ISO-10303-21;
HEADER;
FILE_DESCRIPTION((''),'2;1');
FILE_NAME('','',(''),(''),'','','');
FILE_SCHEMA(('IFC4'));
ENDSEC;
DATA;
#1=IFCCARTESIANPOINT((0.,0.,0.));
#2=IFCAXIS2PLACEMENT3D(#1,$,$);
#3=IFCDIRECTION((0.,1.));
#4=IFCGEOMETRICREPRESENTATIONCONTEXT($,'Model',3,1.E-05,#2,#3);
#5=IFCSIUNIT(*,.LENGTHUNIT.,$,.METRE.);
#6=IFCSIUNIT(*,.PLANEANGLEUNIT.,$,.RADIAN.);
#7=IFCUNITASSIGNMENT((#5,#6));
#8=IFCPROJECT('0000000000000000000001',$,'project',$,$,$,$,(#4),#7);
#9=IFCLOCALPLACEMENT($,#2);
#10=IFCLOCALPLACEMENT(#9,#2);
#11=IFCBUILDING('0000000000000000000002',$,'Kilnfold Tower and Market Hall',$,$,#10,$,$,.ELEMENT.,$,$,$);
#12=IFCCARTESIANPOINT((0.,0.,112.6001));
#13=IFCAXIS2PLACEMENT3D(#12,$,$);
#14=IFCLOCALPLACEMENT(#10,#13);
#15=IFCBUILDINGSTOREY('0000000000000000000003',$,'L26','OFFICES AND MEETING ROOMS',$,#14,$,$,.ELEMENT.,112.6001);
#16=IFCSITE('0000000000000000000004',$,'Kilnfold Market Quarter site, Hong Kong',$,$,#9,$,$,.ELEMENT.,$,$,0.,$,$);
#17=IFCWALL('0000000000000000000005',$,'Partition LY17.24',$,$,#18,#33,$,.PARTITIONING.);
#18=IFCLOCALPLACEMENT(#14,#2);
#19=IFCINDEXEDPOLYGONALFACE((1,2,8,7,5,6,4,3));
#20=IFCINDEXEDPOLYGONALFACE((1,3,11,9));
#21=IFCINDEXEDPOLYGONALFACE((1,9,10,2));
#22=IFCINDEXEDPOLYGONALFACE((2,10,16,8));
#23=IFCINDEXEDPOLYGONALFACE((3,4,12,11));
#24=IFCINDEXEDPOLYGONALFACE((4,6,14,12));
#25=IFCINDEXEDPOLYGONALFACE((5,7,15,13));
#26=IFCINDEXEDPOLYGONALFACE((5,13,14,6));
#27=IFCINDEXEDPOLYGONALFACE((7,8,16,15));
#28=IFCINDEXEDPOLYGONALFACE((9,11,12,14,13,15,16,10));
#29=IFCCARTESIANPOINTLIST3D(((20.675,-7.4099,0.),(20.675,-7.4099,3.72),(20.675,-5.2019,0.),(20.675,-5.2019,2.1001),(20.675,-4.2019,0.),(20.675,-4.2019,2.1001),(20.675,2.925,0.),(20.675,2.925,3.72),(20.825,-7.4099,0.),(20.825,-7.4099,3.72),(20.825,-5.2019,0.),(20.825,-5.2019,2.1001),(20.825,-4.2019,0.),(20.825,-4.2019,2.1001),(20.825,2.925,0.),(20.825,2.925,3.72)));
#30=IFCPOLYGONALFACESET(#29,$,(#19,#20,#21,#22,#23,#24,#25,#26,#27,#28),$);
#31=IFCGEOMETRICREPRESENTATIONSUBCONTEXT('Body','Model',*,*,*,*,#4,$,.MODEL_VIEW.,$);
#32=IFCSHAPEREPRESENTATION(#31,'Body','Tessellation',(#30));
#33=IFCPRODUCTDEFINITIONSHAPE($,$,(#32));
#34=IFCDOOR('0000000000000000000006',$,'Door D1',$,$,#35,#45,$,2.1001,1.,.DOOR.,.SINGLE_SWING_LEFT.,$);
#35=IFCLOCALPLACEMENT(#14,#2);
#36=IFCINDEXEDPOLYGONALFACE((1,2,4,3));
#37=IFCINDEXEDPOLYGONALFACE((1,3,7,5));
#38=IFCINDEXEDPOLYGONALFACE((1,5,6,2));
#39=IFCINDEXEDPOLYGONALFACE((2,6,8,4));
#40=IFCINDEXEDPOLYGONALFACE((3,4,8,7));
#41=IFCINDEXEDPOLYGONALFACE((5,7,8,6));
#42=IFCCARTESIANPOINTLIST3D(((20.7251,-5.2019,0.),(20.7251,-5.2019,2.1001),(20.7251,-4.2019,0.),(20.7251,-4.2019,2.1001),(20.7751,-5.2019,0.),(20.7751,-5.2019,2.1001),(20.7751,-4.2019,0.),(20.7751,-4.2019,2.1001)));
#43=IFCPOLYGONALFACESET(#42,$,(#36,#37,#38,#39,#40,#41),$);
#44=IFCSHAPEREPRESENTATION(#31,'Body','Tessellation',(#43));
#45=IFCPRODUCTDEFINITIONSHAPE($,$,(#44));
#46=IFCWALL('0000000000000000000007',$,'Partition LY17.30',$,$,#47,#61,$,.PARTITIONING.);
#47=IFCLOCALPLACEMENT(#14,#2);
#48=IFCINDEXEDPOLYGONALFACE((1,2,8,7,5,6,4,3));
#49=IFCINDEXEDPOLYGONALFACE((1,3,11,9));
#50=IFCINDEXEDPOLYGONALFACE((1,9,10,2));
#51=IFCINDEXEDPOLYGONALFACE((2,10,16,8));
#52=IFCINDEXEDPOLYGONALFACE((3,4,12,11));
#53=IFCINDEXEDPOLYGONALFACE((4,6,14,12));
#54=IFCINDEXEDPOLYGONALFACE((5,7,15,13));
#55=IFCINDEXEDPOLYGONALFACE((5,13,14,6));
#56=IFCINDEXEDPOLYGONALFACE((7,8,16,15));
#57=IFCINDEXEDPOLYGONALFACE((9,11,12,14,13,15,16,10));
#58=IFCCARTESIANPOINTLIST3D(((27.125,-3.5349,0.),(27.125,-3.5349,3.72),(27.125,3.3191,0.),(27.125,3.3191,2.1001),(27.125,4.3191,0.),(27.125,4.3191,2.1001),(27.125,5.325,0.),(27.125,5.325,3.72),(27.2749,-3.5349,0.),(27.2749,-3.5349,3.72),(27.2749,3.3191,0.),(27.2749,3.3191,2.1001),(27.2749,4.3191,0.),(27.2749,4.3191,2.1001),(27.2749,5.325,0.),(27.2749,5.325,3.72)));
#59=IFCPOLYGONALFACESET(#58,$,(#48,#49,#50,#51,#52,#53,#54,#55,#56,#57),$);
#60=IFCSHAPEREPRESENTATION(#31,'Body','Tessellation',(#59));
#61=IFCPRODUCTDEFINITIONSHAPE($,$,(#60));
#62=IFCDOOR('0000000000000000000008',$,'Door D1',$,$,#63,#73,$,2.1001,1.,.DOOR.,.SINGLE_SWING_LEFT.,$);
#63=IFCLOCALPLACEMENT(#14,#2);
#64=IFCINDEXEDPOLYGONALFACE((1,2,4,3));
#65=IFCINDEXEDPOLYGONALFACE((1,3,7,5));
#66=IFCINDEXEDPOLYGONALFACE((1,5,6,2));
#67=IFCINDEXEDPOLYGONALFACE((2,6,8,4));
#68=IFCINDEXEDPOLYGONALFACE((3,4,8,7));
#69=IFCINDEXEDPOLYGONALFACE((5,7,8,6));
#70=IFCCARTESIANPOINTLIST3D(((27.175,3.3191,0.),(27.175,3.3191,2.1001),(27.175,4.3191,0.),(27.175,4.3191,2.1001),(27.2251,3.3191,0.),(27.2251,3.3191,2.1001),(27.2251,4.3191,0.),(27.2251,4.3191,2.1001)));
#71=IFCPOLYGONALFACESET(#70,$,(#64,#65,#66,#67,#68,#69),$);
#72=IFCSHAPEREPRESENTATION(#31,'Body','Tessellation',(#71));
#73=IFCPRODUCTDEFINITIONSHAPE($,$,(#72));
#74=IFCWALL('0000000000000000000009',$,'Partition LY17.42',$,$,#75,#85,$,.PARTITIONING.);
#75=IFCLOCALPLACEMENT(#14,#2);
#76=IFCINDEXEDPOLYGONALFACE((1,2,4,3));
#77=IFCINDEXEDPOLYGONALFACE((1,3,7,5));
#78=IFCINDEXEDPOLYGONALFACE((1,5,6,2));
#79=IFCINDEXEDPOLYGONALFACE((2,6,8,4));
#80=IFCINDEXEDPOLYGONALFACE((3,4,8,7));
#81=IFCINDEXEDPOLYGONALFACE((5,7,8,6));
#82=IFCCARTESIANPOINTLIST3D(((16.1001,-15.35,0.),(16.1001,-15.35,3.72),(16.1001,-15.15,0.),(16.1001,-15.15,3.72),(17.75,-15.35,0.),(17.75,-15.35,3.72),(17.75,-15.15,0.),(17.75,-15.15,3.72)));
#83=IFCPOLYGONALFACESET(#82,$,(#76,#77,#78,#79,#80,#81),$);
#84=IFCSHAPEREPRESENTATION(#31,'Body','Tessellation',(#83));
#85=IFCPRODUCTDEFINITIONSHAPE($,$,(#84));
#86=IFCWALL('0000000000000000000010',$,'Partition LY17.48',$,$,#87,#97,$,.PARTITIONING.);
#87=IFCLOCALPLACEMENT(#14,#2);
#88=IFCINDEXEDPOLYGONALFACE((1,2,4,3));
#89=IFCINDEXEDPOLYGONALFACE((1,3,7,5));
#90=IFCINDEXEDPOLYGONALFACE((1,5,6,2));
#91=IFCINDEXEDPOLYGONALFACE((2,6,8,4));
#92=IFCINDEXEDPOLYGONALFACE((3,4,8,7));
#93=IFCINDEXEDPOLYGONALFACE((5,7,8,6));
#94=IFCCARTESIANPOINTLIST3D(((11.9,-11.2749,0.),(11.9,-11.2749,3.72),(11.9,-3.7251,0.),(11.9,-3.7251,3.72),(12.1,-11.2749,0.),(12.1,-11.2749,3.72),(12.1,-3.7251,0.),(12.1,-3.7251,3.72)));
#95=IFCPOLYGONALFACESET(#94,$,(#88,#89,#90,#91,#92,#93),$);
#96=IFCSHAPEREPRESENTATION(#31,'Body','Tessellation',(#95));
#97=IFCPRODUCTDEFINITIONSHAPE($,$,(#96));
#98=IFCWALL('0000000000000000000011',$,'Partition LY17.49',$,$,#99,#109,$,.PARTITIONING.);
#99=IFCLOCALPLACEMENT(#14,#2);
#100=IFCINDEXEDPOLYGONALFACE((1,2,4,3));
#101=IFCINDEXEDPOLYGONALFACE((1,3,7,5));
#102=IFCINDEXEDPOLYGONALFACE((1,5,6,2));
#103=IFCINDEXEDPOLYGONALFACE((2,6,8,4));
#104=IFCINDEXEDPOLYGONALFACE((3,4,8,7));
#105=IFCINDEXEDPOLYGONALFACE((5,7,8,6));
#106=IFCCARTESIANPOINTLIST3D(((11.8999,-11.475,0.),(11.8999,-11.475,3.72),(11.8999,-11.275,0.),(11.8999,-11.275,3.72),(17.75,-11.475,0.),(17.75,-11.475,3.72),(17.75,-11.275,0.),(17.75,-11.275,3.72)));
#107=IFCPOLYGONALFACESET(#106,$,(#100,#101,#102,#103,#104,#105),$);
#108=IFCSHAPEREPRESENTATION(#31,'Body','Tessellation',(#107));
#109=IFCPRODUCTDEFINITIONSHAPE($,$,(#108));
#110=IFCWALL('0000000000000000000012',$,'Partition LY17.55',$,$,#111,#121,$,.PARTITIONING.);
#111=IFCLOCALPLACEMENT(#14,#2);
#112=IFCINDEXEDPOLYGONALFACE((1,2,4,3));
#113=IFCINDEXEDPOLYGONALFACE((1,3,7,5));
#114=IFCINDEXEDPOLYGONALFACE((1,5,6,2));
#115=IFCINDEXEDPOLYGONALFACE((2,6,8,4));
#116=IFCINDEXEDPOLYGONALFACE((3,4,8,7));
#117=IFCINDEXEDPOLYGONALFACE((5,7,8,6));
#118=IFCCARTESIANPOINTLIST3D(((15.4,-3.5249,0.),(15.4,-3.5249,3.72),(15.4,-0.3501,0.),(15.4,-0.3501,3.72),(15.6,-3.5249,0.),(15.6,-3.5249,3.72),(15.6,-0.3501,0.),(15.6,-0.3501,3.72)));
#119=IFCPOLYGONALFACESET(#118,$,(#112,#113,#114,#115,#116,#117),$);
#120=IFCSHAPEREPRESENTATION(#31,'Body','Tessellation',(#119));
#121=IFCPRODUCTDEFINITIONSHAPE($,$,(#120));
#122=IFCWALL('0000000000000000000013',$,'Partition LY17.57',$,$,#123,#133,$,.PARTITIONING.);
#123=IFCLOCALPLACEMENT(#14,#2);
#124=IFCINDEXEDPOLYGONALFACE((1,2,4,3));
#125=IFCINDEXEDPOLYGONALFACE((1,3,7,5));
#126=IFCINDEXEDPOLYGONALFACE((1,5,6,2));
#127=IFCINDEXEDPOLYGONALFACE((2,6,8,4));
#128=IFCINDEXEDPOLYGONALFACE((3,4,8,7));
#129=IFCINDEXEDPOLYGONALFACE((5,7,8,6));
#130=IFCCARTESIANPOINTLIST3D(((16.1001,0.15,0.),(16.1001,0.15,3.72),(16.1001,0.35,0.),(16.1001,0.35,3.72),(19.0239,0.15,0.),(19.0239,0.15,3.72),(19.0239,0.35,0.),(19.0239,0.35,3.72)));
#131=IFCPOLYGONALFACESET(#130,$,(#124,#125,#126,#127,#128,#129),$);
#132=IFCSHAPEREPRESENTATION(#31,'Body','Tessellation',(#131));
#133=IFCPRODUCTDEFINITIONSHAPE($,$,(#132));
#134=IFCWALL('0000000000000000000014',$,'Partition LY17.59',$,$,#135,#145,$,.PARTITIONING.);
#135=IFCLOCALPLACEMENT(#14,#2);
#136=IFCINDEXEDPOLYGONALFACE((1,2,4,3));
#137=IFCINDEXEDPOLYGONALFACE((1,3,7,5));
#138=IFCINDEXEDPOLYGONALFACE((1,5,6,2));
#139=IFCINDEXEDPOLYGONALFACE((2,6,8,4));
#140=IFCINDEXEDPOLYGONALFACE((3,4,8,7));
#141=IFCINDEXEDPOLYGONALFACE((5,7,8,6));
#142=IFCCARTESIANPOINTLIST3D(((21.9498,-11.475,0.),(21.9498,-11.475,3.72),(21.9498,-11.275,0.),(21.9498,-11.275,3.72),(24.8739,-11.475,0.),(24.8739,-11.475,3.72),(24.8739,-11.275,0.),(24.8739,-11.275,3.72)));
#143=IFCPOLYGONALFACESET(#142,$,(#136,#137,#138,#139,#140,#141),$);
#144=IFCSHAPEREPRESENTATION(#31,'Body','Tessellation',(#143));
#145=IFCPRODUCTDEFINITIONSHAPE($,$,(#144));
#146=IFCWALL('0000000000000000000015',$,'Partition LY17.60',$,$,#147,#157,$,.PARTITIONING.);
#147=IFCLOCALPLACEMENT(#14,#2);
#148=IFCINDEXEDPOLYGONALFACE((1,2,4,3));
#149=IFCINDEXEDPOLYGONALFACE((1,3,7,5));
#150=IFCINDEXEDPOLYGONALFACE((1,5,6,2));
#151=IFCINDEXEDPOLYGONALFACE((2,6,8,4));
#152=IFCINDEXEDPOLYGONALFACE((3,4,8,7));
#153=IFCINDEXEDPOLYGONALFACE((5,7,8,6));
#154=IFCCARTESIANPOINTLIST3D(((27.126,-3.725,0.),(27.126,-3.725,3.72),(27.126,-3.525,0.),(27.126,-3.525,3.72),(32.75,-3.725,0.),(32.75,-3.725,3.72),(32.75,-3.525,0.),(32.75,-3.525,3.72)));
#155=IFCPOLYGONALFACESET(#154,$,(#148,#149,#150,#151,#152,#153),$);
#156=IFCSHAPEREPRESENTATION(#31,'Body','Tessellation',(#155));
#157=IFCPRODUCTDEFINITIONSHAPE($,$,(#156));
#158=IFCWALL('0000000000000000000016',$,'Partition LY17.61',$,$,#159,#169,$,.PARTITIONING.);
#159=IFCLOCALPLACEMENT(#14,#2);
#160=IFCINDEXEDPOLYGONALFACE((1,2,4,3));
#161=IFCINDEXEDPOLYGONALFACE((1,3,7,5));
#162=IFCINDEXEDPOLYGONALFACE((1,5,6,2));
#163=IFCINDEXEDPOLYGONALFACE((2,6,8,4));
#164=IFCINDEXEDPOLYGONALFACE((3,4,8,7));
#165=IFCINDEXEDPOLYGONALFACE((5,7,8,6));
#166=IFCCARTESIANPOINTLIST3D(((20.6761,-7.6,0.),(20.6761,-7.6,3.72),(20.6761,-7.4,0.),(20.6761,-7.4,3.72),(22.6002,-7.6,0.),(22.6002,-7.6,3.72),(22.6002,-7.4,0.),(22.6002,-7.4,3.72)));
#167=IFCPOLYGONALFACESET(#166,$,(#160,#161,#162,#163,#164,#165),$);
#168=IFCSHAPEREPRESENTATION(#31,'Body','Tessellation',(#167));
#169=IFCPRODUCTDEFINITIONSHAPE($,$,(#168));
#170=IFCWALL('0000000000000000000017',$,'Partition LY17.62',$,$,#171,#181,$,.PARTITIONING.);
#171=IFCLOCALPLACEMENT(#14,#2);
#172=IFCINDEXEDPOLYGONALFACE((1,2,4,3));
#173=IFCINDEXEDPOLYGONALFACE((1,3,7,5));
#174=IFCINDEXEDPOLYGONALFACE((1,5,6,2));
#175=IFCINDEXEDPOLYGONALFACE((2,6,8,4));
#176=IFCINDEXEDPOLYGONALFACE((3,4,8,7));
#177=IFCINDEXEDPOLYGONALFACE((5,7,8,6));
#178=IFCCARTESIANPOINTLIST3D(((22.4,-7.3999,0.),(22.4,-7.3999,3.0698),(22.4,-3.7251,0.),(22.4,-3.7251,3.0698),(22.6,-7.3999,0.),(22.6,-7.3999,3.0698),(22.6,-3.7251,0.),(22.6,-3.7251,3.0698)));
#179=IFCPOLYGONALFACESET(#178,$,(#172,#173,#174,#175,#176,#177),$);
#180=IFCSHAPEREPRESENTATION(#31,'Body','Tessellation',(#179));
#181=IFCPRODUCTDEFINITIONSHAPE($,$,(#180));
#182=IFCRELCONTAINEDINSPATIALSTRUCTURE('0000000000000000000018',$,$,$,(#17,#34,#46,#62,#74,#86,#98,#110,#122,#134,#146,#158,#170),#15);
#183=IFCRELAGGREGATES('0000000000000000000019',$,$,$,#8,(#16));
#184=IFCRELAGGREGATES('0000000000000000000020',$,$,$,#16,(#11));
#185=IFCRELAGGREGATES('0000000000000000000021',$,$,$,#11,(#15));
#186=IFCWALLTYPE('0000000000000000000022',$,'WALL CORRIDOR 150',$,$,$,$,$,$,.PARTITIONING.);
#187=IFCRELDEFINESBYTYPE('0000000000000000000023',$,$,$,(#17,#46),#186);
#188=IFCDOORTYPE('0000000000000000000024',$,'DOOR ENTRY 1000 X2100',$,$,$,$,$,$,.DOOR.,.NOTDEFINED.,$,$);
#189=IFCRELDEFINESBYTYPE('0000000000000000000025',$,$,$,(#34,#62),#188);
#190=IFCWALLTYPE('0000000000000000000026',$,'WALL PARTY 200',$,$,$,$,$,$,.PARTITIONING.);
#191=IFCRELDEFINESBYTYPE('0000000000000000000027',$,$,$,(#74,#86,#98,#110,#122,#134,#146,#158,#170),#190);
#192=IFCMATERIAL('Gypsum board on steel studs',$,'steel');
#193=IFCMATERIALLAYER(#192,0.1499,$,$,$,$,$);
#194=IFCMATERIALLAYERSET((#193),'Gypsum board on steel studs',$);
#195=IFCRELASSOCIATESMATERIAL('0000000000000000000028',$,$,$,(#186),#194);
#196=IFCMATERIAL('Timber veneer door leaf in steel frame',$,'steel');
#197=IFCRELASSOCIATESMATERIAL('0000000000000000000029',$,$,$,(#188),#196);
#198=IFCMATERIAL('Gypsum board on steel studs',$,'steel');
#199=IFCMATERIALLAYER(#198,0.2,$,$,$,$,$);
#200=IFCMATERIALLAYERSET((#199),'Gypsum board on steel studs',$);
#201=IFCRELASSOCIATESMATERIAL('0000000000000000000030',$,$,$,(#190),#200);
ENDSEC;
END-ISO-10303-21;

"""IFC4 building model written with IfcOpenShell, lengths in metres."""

from ifc_helpers import new_model, si_unit, direction, frame, frame_2d, origin, place, context, subcontext, project, spatial, rectangle, extrude, material, layer, layer_set, type_object, element, fill, save


model = new_model("IFC4")

# Units and contexts
model_context = context("Model", 3, precision=1e-05, world=origin(), true_north=direction((0.0, 1.0)))
body_context = subcontext(model_context, "Body", "Model", "MODEL_VIEW")
ifc_project = project(units=[si_unit("LENGTHUNIT", "METRE"), si_unit("PLANEANGLEUNIT", "RADIAN")], contexts=[model_context])

# Site, building, storey
site_placement = place(None, origin())
site = spatial("IfcSite", under=ifc_project, at=site_placement, Name="Kilnfold Market Quarter site, Hong Kong", CompositionType="ELEMENT", RefElevation=0.0)
building_placement = place(site_placement, origin())
building = spatial("IfcBuilding", under=site, at=building_placement, Name="Kilnfold Tower and Market Hall", CompositionType="ELEMENT")
storey_placement = place(building_placement, frame((0.0, 0.0, 112.6001)))
storey = spatial("IfcBuildingStorey", under=building, at=storey_placement, Name="L26", Description="OFFICES AND MEETING ROOMS", CompositionType="ELEMENT", Elevation=112.6001)

# Shared definitions
ifc_material_1 = material(Name="Gypsum board on steel studs", Category="steel")
ifc_layer_1 = layer(ifc_material_1, 0.1499)
ifc_layer_set_1 = layer_set([ifc_layer_1], Name="Gypsum board on steel studs")
wall_type_1 = type_object("IfcWallType", Name="WALL CORRIDOR 150", PredefinedType="PARTITIONING", material=ifc_layer_set_1)

# Walls, openings, doors
wall_1_placement = place(storey_placement, frame((20.75, -7.4099, 0.0), z_axis=(0.0, 0.0, 1.0), x_axis=(0.0, 1.0, 0.0)))
wall_1 = element("IfcWall", 1, at=wall_1_placement, inside=storey, type_object=wall_type_1, Name="Partition LY17.24", PredefinedType="PARTITIONING", context=body_context, shape_type="SweptSolid", body=[
    extrude(rectangle(XDim=10.335, YDim=0.1499, at=frame_2d((5.1675, 0.0))), origin(), (0.0, 0.0, 1.0), 3.72),
])
opening_1_placement = place(wall_1_placement, frame((2.208, 0.0, 0.0)))
opening_1 = element("IfcOpeningElement", 2, at=opening_1_placement, cuts=wall_1, PredefinedType="OPENING", context=body_context, shape_type="SweptSolid", body=[
    extrude(rectangle(XDim=1.0, YDim=2.1001, at=frame_2d((0.5, 1.05))), frame((0.0, 0.085, 0.0), z_axis=(0.0, -1.0, 0.0), x_axis=(1.0, 0.0, 0.0)), (0.0, 0.0, 1.0), 0.1699),
])
ifc_material_2 = material(Name="Timber veneer door leaf in steel frame", Category="steel")
door_type_1 = type_object("IfcDoorType", Name="DOOR ENTRY 1000 X2100", OperationType="NOTDEFINED", PredefinedType="DOOR", material=ifc_material_2)
door_1_placement = place(opening_1_placement, origin())
door_1 = element("IfcDoor", 3, at=door_1_placement, inside=storey, type_object=door_type_1, Name="Door D1", OperationType="SINGLE_SWING_LEFT", OverallHeight=2.1001, OverallWidth=1.0, PredefinedType="DOOR", context=body_context, shape_type="SweptSolid", body=[
    extrude(rectangle(XDim=1.0, YDim=2.1001, at=frame_2d((0.5, 1.05))), frame((0.0, 0.0249, 0.0), z_axis=(0.0, -1.0, 0.0), x_axis=(1.0, 0.0, 0.0)), (0.0, 0.0, 1.0), 0.05),
])
fill(opening_1, door_1)
wall_2_placement = place(storey_placement, frame((27.2, -3.5349, 0.0), z_axis=(0.0, 0.0, 1.0), x_axis=(0.0, 1.0, 0.0)))
wall_2 = element("IfcWall", 4, at=wall_2_placement, inside=storey, type_object=wall_type_1, Name="Partition LY17.30", PredefinedType="PARTITIONING", context=body_context, shape_type="SweptSolid", body=[
    extrude(rectangle(XDim=8.8599, YDim=0.1499, at=frame_2d((4.4299, 0.0))), origin(), (0.0, 0.0, 1.0), 3.72),
])
opening_2_placement = place(wall_2_placement, frame((6.854, 0.0, 0.0)))
opening_2 = element("IfcOpeningElement", 5, at=opening_2_placement, cuts=wall_2, PredefinedType="OPENING", context=body_context, shape_type="SweptSolid", body=[
    extrude(rectangle(XDim=1.0, YDim=2.1001, at=frame_2d((0.5, 1.05))), frame((0.0, 0.085, 0.0), z_axis=(0.0, -1.0, 0.0), x_axis=(1.0, 0.0, 0.0)), (0.0, 0.0, 1.0), 0.1699),
])
door_2_placement = place(opening_2_placement, origin())
door_2 = element("IfcDoor", 6, at=door_2_placement, inside=storey, type_object=door_type_1, Name="Door D1", OperationType="SINGLE_SWING_LEFT", OverallHeight=2.1001, OverallWidth=1.0, PredefinedType="DOOR", context=body_context, shape_type="SweptSolid", body=[
    extrude(rectangle(XDim=1.0, YDim=2.1001, at=frame_2d((0.5, 1.05))), frame((0.0, 0.0249, 0.0), z_axis=(0.0, -1.0, 0.0), x_axis=(1.0, 0.0, 0.0)), (0.0, 0.0, 1.0), 0.05),
])
fill(opening_2, door_2)

# Walls
ifc_material_3 = material(Name="Gypsum board on steel studs", Category="steel")
ifc_layer_2 = layer(ifc_material_3, 0.2)
ifc_layer_set_2 = layer_set([ifc_layer_2], Name="Gypsum board on steel studs")
wall_type_2 = type_object("IfcWallType", Name="WALL PARTY 200", PredefinedType="PARTITIONING", material=ifc_layer_set_2)
wall_3_placement = place(storey_placement, frame((16.1001, -15.25, 0.0), z_axis=(0.0, 0.0, 1.0), x_axis=(1.0, 0.0, 0.0)))
element("IfcWall", 7, at=wall_3_placement, inside=storey, type_object=wall_type_2, Name="Partition LY17.42", PredefinedType="PARTITIONING", context=body_context, shape_type="SweptSolid", body=[
    extrude(rectangle(XDim=1.6499, YDim=0.2, at=frame_2d((0.825, 0.0))), origin(), (0.0, 0.0, 1.0), 3.72),
])
wall_4_placement = place(storey_placement, frame((12.0, -11.2749, 0.0), z_axis=(0.0, 0.0, 1.0), x_axis=(0.0, 1.0, 0.0)))
element("IfcWall", 8, at=wall_4_placement, inside=storey, type_object=wall_type_2, Name="Partition LY17.48", PredefinedType="PARTITIONING", context=body_context, shape_type="SweptSolid", body=[
    extrude(rectangle(XDim=7.5498, YDim=0.2, at=frame_2d((3.7749, 0.0))), origin(), (0.0, 0.0, 1.0), 3.72),
])
wall_5_placement = place(storey_placement, frame((11.8999, -11.375, 0.0), z_axis=(0.0, 0.0, 1.0), x_axis=(1.0, 0.0, 0.0)))
element("IfcWall", 9, at=wall_5_placement, inside=storey, type_object=wall_type_2, Name="Partition LY17.49", PredefinedType="PARTITIONING", context=body_context, shape_type="SweptSolid", body=[
    extrude(rectangle(XDim=5.8501, YDim=0.2, at=frame_2d((2.925, 0.0))), origin(), (0.0, 0.0, 1.0), 3.72),
])
wall_6_placement = place(storey_placement, frame((15.5, -3.5249, 0.0), z_axis=(0.0, 0.0, 1.0), x_axis=(0.0, 1.0, 0.0)))
element("IfcWall", 10, at=wall_6_placement, inside=storey, type_object=wall_type_2, Name="Partition LY17.55", PredefinedType="PARTITIONING", context=body_context, shape_type="SweptSolid", body=[
    extrude(rectangle(XDim=3.1748, YDim=0.2, at=frame_2d((1.5874, 0.0))), origin(), (0.0, 0.0, 1.0), 3.72),
])
wall_7_placement = place(storey_placement, frame((16.1001, 0.25, 0.0), z_axis=(0.0, 0.0, 1.0), x_axis=(1.0, 0.0, 0.0)))
element("IfcWall", 11, at=wall_7_placement, inside=storey, type_object=wall_type_2, Name="Partition LY17.57", PredefinedType="PARTITIONING", context=body_context, shape_type="SweptSolid", body=[
    extrude(rectangle(XDim=2.9238, YDim=0.2, at=frame_2d((1.4619, 0.0))), origin(), (0.0, 0.0, 1.0), 3.72),
])
wall_8_placement = place(storey_placement, frame((21.95, -11.375, 0.0), z_axis=(0.0, 0.0, 1.0), x_axis=(1.0, 0.0, 0.0)))
element("IfcWall", 12, at=wall_8_placement, inside=storey, type_object=wall_type_2, Name="Partition LY17.59", PredefinedType="PARTITIONING", context=body_context, shape_type="SweptSolid", body=[
    extrude(rectangle(XDim=2.9241, YDim=0.2, at=frame_2d((1.4619, 0.0))), origin(), (0.0, 0.0, 1.0), 3.72),
])
wall_9_placement = place(storey_placement, frame((27.126, -3.625, 0.0), z_axis=(0.0, 0.0, 1.0), x_axis=(1.0, 0.0, 0.0)))
element("IfcWall", 13, at=wall_9_placement, inside=storey, type_object=wall_type_2, Name="Partition LY17.60", PredefinedType="PARTITIONING", context=body_context, shape_type="SweptSolid", body=[
    extrude(rectangle(XDim=5.624, YDim=0.2, at=frame_2d((2.812, 0.0))), origin(), (0.0, 0.0, 1.0), 3.72),
])
wall_10_placement = place(storey_placement, frame((22.6001, -7.5, 0.0), z_axis=(0.0, 0.0, 1.0), x_axis=(-1.0, 0.0, 0.0)))
element("IfcWall", 14, at=wall_10_placement, inside=storey, type_object=wall_type_2, Name="Partition LY17.61", PredefinedType="PARTITIONING", context=body_context, shape_type="SweptSolid", body=[
    extrude(rectangle(XDim=1.9241, YDim=0.2, at=frame_2d((0.9619, 0.0))), origin(), (0.0, 0.0, 1.0), 3.72),
])
wall_11_placement = place(storey_placement, frame((22.5, -3.7251, 0.0), z_axis=(0.0, 0.0, 1.0), x_axis=(0.0, -1.0, 0.0)))
element("IfcWall", 15, at=wall_11_placement, inside=storey, type_object=wall_type_2, Name="Partition LY17.62", PredefinedType="PARTITIONING", context=body_context, shape_type="SweptSolid", body=[
    extrude(rectangle(XDim=3.6748, YDim=0.2, at=frame_2d((1.8374, 0.0))), origin(), (0.0, 0.0, 1.0), 3.0698),
])

save(model, "model.ifc")
